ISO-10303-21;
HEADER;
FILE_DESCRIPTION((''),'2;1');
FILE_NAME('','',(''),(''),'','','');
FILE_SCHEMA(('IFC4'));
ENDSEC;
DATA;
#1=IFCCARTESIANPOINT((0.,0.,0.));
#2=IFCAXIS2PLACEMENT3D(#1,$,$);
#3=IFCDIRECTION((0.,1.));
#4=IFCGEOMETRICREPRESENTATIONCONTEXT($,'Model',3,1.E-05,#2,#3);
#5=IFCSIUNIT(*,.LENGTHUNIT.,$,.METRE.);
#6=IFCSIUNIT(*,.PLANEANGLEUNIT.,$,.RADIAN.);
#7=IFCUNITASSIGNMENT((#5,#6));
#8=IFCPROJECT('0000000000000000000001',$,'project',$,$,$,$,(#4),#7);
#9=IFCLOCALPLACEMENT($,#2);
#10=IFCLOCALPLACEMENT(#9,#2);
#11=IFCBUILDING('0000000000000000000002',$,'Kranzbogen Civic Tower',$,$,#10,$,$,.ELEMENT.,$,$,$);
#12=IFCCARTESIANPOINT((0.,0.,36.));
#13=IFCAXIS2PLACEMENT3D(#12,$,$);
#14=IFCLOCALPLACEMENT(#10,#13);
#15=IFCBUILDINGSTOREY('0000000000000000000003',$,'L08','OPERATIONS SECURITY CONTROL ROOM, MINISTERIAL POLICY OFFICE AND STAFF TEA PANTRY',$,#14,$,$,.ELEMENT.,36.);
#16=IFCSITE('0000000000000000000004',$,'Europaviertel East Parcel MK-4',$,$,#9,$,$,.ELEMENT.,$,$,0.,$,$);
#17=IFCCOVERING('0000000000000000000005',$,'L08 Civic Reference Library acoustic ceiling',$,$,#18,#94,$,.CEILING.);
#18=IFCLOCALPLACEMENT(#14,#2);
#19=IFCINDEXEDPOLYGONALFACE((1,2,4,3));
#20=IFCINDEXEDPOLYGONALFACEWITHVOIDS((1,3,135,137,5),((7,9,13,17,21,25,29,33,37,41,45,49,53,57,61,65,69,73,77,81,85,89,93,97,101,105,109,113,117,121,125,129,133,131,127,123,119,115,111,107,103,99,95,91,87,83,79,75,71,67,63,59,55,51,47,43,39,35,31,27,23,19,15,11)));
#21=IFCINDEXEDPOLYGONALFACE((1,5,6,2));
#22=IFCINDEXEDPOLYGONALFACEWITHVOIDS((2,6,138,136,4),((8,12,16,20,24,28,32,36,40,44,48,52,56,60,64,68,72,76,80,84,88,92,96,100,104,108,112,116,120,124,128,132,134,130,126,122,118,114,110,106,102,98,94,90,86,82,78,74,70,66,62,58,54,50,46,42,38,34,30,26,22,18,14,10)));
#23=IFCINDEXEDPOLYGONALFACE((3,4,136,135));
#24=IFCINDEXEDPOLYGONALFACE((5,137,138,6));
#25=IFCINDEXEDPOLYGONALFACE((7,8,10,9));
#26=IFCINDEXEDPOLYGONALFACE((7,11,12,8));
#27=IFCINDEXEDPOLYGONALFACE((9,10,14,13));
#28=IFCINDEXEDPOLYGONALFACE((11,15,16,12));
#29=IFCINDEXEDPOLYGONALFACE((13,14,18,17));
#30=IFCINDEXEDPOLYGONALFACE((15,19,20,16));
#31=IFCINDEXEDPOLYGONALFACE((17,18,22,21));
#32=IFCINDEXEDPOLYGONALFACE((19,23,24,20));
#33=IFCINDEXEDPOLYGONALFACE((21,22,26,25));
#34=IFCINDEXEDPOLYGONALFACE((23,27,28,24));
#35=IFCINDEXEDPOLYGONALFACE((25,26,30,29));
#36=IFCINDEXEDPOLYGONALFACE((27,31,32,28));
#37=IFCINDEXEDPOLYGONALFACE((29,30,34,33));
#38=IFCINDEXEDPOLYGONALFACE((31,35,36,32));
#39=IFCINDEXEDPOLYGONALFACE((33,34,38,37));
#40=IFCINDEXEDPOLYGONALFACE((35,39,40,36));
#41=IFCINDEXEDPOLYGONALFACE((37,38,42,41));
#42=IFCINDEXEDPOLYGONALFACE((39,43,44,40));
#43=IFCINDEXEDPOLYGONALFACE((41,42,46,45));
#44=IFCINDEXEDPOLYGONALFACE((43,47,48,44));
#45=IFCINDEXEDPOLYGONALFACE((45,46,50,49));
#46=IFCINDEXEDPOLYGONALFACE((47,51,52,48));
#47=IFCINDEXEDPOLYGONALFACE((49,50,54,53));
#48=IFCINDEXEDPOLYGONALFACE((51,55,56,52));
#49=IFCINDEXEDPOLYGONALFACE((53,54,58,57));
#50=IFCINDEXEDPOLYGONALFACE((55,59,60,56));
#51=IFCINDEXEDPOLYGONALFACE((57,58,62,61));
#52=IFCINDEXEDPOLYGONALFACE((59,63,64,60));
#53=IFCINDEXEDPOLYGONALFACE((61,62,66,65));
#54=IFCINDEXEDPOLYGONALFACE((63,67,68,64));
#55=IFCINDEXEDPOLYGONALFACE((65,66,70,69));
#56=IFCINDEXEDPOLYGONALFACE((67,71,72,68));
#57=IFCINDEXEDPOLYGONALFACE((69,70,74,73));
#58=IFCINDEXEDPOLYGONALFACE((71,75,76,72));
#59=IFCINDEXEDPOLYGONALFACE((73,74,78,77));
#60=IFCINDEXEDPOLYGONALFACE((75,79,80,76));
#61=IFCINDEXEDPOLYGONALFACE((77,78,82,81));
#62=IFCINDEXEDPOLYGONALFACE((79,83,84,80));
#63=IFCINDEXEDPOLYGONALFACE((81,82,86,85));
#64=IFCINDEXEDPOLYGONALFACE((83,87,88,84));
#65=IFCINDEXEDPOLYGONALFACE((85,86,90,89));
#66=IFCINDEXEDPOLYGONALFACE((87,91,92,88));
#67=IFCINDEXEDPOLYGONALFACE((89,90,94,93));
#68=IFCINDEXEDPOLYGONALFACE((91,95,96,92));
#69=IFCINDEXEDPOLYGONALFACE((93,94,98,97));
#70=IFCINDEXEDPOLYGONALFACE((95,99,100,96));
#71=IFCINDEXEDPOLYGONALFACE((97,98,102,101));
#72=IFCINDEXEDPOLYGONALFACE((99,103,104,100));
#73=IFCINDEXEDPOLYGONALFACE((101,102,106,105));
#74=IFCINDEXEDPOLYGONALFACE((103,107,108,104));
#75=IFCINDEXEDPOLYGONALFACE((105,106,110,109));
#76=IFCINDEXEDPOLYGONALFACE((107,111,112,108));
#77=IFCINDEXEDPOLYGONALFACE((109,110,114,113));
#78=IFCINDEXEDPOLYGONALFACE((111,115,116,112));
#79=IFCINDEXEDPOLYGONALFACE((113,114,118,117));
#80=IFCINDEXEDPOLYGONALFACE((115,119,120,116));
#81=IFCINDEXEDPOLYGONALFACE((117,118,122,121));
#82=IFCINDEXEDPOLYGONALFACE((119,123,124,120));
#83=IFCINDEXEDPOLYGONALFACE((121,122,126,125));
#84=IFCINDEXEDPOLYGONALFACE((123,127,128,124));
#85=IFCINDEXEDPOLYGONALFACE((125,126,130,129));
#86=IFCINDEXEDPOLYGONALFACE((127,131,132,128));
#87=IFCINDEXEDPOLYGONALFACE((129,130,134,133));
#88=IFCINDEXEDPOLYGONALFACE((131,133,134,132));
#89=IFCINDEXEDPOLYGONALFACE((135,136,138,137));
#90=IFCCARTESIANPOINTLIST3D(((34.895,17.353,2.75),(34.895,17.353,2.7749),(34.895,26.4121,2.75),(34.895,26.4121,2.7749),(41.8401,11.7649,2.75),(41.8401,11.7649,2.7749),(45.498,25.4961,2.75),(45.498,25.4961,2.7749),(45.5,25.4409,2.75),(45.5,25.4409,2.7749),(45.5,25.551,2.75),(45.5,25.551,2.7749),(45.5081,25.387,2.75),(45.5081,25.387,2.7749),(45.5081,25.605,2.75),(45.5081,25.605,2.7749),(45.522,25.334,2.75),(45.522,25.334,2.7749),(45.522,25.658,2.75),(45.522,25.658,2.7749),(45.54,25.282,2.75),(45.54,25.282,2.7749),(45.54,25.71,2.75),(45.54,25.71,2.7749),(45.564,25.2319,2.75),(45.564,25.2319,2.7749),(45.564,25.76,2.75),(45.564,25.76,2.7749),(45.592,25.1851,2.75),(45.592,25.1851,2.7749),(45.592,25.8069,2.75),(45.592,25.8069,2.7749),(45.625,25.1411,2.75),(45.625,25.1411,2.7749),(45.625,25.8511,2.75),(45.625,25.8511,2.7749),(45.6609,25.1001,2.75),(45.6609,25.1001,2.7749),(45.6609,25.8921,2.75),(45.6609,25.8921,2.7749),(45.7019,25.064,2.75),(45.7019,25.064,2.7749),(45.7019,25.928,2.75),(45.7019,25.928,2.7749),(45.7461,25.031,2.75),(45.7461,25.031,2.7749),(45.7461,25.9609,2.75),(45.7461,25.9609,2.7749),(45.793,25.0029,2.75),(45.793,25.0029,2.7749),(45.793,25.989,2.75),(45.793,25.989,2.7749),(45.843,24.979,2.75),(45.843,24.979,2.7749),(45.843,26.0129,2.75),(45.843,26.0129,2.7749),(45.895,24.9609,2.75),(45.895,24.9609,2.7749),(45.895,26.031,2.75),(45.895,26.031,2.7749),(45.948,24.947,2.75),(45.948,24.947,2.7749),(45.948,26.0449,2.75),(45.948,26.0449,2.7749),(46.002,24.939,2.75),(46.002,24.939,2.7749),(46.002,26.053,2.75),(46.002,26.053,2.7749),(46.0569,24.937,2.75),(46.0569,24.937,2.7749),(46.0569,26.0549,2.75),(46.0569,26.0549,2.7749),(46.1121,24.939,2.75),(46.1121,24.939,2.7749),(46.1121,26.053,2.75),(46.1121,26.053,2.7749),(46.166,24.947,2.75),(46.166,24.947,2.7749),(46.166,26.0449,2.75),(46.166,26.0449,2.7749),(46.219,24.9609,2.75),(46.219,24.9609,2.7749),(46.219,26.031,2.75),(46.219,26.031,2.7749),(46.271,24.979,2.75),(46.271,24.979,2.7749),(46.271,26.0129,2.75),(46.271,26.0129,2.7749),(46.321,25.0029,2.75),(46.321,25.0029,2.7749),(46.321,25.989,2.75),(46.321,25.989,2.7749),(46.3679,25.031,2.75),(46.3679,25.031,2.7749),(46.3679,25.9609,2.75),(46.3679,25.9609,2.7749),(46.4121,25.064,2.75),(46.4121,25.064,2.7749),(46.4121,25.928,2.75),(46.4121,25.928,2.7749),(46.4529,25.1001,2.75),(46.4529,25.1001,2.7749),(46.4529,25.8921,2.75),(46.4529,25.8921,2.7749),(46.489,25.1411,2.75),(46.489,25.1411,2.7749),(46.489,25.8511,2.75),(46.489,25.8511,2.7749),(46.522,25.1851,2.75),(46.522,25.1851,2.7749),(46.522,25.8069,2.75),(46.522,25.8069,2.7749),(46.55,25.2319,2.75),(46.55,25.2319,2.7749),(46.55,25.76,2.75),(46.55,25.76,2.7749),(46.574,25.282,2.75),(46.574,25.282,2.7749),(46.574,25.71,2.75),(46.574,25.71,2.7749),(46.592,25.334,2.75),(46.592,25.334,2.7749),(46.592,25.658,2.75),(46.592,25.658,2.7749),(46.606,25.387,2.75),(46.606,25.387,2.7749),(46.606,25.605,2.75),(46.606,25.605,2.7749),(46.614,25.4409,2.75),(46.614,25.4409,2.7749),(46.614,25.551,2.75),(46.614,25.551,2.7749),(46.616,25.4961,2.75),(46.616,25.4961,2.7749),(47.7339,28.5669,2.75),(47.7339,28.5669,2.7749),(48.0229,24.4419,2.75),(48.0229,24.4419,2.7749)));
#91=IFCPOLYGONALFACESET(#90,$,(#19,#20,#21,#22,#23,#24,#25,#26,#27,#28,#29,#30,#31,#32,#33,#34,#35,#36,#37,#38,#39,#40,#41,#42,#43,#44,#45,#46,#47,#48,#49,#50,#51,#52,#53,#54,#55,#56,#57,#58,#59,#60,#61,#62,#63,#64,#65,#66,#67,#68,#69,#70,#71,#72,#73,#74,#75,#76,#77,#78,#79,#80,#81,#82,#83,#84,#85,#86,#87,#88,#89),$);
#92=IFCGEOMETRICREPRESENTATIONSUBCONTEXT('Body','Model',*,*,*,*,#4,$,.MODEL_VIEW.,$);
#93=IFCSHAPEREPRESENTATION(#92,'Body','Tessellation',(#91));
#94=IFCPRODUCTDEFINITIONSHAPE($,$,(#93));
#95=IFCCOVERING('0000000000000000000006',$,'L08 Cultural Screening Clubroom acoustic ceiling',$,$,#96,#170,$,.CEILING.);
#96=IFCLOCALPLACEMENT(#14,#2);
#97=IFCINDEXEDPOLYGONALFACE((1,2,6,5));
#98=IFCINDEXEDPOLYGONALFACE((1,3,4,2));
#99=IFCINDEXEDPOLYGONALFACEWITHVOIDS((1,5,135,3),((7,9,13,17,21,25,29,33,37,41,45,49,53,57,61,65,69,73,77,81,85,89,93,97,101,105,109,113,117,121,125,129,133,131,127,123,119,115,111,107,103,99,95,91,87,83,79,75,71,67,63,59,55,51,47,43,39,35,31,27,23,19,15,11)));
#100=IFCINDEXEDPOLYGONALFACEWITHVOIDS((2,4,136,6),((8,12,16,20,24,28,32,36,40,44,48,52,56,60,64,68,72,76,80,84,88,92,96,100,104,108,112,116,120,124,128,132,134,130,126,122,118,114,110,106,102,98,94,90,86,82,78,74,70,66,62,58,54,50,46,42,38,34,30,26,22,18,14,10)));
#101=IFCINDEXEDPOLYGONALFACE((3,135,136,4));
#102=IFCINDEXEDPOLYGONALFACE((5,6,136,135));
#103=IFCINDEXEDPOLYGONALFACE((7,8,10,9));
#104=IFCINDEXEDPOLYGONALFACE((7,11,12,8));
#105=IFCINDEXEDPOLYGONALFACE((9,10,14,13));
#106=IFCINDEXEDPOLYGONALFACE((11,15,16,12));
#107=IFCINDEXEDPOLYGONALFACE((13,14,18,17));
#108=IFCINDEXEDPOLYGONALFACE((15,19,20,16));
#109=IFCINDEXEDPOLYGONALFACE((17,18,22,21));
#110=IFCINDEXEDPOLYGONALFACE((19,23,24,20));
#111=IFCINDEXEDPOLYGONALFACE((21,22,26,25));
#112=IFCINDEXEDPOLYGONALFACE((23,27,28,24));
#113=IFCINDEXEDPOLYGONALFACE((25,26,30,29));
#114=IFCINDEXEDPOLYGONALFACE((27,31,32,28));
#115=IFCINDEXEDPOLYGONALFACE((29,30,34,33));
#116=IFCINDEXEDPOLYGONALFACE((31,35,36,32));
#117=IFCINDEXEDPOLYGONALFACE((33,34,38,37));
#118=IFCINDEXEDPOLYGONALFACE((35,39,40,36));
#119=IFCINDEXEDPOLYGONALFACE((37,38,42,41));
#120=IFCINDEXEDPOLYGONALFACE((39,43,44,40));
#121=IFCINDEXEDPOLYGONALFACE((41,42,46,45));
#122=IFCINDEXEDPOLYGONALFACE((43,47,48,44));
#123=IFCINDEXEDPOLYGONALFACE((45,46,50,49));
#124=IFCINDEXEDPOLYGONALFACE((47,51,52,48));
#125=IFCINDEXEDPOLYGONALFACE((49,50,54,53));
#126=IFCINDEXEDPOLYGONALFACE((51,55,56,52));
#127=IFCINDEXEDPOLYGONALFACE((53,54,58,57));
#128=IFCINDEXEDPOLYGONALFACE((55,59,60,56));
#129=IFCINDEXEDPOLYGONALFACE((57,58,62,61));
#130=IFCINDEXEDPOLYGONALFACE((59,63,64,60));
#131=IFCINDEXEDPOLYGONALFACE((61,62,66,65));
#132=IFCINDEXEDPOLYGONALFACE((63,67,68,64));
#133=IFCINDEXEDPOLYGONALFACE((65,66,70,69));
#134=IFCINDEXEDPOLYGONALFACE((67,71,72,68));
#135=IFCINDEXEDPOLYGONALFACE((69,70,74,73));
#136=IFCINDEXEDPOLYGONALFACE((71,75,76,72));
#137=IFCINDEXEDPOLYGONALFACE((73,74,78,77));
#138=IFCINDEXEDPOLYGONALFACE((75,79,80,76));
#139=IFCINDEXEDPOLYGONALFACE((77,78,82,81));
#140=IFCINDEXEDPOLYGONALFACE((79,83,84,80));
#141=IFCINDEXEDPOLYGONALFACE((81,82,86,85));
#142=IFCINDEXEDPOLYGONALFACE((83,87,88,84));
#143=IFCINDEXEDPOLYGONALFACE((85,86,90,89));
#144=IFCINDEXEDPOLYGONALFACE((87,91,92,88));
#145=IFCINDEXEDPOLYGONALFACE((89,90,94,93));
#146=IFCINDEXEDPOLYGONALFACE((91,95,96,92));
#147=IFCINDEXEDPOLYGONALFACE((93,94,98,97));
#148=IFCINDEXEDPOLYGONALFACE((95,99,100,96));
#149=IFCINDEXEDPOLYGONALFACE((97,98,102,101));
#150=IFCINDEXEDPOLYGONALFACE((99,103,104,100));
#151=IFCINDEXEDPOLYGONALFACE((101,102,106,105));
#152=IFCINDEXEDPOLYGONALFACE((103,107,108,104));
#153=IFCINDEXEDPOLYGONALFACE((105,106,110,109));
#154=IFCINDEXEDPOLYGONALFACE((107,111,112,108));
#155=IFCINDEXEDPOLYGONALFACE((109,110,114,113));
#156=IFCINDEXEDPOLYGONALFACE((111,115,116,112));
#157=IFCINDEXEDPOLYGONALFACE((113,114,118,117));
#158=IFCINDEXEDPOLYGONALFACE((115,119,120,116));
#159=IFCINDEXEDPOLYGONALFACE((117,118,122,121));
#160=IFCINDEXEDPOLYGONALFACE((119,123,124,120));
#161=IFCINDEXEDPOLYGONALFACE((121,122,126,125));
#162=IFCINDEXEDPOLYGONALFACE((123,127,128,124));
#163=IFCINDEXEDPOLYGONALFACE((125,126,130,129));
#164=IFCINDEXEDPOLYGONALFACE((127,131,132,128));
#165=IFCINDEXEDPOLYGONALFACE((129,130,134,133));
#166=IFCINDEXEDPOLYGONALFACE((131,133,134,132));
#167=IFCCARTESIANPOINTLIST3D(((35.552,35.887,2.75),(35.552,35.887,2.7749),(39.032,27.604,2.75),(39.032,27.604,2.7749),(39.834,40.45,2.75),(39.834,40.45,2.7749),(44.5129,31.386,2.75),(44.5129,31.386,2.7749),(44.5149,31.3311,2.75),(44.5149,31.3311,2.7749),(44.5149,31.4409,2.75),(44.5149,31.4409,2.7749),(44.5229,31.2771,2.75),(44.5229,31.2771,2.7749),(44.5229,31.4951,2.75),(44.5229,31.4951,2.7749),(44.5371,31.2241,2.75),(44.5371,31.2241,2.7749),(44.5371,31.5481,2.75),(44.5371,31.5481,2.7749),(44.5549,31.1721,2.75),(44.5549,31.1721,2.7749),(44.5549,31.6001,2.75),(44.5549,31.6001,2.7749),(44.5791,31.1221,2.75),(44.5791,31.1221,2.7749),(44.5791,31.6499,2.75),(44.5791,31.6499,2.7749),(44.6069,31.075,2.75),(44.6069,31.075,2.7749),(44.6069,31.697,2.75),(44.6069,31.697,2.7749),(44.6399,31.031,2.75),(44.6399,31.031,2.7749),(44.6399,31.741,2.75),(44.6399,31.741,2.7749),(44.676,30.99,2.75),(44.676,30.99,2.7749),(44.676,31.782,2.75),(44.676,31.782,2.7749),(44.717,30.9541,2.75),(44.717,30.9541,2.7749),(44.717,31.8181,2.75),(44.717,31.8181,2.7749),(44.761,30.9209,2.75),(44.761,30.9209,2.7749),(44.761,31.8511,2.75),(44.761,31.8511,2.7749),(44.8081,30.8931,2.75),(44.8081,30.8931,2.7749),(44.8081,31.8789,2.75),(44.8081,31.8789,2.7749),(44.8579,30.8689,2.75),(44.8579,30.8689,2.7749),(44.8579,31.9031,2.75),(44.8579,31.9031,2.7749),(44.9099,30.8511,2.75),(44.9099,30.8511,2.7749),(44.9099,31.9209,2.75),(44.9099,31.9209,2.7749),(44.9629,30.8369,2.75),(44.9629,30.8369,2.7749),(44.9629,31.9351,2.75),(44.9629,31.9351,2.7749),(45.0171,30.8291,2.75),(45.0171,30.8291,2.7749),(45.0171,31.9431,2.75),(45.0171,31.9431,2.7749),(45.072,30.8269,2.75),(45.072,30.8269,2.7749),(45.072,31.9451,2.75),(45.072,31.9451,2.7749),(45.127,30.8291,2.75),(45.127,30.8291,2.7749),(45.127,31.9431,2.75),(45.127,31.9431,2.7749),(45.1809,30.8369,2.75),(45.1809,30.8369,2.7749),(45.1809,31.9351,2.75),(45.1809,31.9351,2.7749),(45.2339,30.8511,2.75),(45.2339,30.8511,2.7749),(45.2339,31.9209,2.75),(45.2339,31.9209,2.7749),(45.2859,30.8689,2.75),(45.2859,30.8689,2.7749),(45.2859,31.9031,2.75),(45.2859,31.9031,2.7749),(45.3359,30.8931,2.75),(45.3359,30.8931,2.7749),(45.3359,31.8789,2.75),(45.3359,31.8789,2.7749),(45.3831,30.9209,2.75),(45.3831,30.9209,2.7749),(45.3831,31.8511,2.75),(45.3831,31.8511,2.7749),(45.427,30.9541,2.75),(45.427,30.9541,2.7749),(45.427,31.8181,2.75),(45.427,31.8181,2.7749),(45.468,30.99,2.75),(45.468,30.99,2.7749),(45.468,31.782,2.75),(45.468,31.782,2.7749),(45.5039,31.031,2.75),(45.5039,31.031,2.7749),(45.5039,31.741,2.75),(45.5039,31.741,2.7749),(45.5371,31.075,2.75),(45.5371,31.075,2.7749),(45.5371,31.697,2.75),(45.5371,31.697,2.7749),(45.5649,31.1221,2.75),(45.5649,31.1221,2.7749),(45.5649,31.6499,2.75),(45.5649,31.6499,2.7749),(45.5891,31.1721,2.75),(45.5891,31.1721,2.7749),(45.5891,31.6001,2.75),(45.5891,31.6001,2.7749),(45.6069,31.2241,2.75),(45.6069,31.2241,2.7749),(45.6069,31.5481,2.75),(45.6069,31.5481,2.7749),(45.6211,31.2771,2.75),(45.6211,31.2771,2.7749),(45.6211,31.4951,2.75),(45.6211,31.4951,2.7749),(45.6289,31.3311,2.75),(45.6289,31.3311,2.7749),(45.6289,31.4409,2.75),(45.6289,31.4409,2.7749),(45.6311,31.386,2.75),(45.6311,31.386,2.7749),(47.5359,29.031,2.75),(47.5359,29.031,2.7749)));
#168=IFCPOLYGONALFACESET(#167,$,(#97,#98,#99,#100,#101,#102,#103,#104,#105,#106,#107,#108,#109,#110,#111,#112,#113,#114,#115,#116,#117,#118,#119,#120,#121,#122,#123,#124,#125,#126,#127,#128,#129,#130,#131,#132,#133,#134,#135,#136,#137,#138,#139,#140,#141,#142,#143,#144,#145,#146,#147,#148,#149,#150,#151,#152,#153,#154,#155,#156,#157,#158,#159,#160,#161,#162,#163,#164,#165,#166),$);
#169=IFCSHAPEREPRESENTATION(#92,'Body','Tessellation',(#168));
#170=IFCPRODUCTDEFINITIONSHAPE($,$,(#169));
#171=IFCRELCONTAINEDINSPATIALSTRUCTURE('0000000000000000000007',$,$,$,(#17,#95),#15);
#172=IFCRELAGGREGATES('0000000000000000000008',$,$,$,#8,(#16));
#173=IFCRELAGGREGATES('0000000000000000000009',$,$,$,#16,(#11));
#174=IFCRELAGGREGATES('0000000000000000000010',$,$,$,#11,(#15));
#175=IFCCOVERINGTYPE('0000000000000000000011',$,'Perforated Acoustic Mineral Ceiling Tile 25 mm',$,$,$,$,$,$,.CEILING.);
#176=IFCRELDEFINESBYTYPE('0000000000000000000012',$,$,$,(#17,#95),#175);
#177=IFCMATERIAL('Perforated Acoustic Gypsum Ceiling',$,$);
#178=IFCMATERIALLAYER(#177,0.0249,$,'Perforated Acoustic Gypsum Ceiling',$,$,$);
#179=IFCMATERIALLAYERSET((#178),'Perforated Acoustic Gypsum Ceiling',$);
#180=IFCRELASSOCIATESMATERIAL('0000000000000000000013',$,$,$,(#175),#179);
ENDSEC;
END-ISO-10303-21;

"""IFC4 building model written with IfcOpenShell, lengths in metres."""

from ifc_helpers import new_model, si_unit, direction, frame, origin, place, context, subcontext, project, spatial, polyline, outline, extrude, material, layer, layer_set, type_object, element, save


model = new_model("IFC4")

# Units and contexts
model_context = context("Model", 3, precision=1e-05, world=origin(), true_north=direction((0.0, 1.0)))
body_context = subcontext(model_context, "Body", "Model", "MODEL_VIEW")
ifc_project = project(units=[si_unit("LENGTHUNIT", "METRE"), si_unit("PLANEANGLEUNIT", "RADIAN")], contexts=[model_context])

# Site, building, storey
site_placement = place(None, origin())
site = spatial("IfcSite", under=ifc_project, at=site_placement, Name="Europaviertel East Parcel MK-4", CompositionType="ELEMENT", RefElevation=0.0)
building_placement = place(site_placement, origin())
building = spatial("IfcBuilding", under=site, at=building_placement, Name="Kranzbogen Civic Tower", CompositionType="ELEMENT")
storey_placement = place(building_placement, frame((0.0, 0.0, 36.0)))
storey = spatial("IfcBuildingStorey", under=building, at=storey_placement, Name="L08", Description="OPERATIONS SECURITY CONTROL ROOM, MINISTERIAL POLICY OFFICE AND STAFF TEA PANTRY", CompositionType="ELEMENT", Elevation=36.0)

# Coverings
ifc_material_1 = material(Name="Perforated Acoustic Gypsum Ceiling")
ifc_layer_1 = layer(ifc_material_1, 0.0249, Name="Perforated Acoustic Gypsum Ceiling")
ifc_layer_set_1 = layer_set([ifc_layer_1], Name="Perforated Acoustic Gypsum Ceiling")
covering_type = type_object("IfcCoveringType", Name="Perforated Acoustic Mineral Ceiling Tile 25 mm", PredefinedType="CEILING", material=ifc_layer_set_1)
covering_1_placement = place(storey_placement, frame((0.0, 0.0, 2.75)))
element("IfcCovering", 1, at=covering_1_placement, inside=storey, type_object=covering_type, Name="L08 Civic Reference Library acoustic ceiling", PredefinedType="CEILING", context=body_context, shape_type="SweptSolid", body=[
    extrude(outline(polyline([(34.895, 17.353), (34.895, 26.4121), (47.7339, 28.5669), (48.0229, 24.4419), (41.8401, 11.7649), (34.895, 17.353)]), holes=[polyline([(46.574, 25.282), (46.55, 25.2319), (46.522, 25.1851), (46.489, 25.1411), (46.4529, 25.1001), (46.4121, 25.064), (46.3679, 25.031), (46.321, 25.0029), (46.271, 24.979), (46.219, 24.9609), (46.166, 24.947), (46.1121, 24.939), (46.0569, 24.937), (46.002, 24.939), (45.948, 24.947), (45.895, 24.9609), (45.843, 24.979), (45.793, 25.0029), (45.7461, 25.031), (45.7019, 25.064), (45.6609, 25.1001), (45.625, 25.1411), (45.592, 25.1851), (45.564, 25.2319), (45.54, 25.282), (45.522, 25.334), (45.5081, 25.387), (45.5, 25.4409), (45.498, 25.4961), (45.5, 25.551), (45.5081, 25.605), (45.522, 25.658), (45.54, 25.71), (45.564, 25.76), (45.592, 25.8069), (45.625, 25.8511), (45.6609, 25.8921), (45.7019, 25.928), (45.7461, 25.9609), (45.793, 25.989), (45.843, 26.0129), (45.895, 26.031), (45.948, 26.0449), (46.002, 26.053), (46.0569, 26.0549), (46.1121, 26.053), (46.166, 26.0449), (46.219, 26.031), (46.271, 26.0129), (46.321, 25.989), (46.3679, 25.9609), (46.4121, 25.928), (46.4529, 25.8921), (46.489, 25.8511), (46.522, 25.8069), (46.55, 25.76), (46.574, 25.71), (46.592, 25.658), (46.606, 25.605), (46.614, 25.551), (46.616, 25.4961), (46.614, 25.4409), (46.606, 25.387), (46.592, 25.334), (46.574, 25.282)])]), origin(), (0.0, 0.0, 1.0), 0.0249),
])
covering_2_placement = place(storey_placement, frame((0.0, 0.0, 2.75)))
element("IfcCovering", 2, at=covering_2_placement, inside=storey, type_object=covering_type, Name="L08 Cultural Screening Clubroom acoustic ceiling", PredefinedType="CEILING", context=body_context, shape_type="SweptSolid", body=[
    extrude(outline(polyline([(35.552, 35.887), (39.834, 40.45), (47.5359, 29.031), (39.032, 27.604), (35.552, 35.887)]), holes=[polyline([(45.5891, 31.1721), (45.5649, 31.1221), (45.5371, 31.075), (45.5039, 31.031), (45.468, 30.99), (45.427, 30.9541), (45.3831, 30.9209), (45.3359, 30.8931), (45.2859, 30.8689), (45.2339, 30.8511), (45.1809, 30.8369), (45.127, 30.8291), (45.072, 30.8269), (45.0171, 30.8291), (44.9629, 30.8369), (44.9099, 30.8511), (44.8579, 30.8689), (44.8081, 30.8931), (44.761, 30.9209), (44.717, 30.9541), (44.676, 30.99), (44.6399, 31.031), (44.6069, 31.075), (44.5791, 31.1221), (44.5549, 31.1721), (44.5371, 31.2241), (44.5229, 31.2771), (44.5149, 31.3311), (44.5129, 31.386), (44.5149, 31.4409), (44.5229, 31.4951), (44.5371, 31.5481), (44.5549, 31.6001), (44.5791, 31.6499), (44.6069, 31.697), (44.6399, 31.741), (44.676, 31.782), (44.717, 31.8181), (44.761, 31.8511), (44.8081, 31.8789), (44.8579, 31.9031), (44.9099, 31.9209), (44.9629, 31.9351), (45.0171, 31.9431), (45.072, 31.9451), (45.127, 31.9431), (45.1809, 31.9351), (45.2339, 31.9209), (45.2859, 31.9031), (45.3359, 31.8789), (45.3831, 31.8511), (45.427, 31.8181), (45.468, 31.782), (45.5039, 31.741), (45.5371, 31.697), (45.5649, 31.6499), (45.5891, 31.6001), (45.6069, 31.5481), (45.6211, 31.4951), (45.6289, 31.4409), (45.6311, 31.386), (45.6289, 31.3311), (45.6211, 31.2771), (45.6069, 31.2241), (45.5891, 31.1721)])]), origin(), (0.0, 0.0, 1.0), 0.0249),
])

save(model, "model.ifc")
